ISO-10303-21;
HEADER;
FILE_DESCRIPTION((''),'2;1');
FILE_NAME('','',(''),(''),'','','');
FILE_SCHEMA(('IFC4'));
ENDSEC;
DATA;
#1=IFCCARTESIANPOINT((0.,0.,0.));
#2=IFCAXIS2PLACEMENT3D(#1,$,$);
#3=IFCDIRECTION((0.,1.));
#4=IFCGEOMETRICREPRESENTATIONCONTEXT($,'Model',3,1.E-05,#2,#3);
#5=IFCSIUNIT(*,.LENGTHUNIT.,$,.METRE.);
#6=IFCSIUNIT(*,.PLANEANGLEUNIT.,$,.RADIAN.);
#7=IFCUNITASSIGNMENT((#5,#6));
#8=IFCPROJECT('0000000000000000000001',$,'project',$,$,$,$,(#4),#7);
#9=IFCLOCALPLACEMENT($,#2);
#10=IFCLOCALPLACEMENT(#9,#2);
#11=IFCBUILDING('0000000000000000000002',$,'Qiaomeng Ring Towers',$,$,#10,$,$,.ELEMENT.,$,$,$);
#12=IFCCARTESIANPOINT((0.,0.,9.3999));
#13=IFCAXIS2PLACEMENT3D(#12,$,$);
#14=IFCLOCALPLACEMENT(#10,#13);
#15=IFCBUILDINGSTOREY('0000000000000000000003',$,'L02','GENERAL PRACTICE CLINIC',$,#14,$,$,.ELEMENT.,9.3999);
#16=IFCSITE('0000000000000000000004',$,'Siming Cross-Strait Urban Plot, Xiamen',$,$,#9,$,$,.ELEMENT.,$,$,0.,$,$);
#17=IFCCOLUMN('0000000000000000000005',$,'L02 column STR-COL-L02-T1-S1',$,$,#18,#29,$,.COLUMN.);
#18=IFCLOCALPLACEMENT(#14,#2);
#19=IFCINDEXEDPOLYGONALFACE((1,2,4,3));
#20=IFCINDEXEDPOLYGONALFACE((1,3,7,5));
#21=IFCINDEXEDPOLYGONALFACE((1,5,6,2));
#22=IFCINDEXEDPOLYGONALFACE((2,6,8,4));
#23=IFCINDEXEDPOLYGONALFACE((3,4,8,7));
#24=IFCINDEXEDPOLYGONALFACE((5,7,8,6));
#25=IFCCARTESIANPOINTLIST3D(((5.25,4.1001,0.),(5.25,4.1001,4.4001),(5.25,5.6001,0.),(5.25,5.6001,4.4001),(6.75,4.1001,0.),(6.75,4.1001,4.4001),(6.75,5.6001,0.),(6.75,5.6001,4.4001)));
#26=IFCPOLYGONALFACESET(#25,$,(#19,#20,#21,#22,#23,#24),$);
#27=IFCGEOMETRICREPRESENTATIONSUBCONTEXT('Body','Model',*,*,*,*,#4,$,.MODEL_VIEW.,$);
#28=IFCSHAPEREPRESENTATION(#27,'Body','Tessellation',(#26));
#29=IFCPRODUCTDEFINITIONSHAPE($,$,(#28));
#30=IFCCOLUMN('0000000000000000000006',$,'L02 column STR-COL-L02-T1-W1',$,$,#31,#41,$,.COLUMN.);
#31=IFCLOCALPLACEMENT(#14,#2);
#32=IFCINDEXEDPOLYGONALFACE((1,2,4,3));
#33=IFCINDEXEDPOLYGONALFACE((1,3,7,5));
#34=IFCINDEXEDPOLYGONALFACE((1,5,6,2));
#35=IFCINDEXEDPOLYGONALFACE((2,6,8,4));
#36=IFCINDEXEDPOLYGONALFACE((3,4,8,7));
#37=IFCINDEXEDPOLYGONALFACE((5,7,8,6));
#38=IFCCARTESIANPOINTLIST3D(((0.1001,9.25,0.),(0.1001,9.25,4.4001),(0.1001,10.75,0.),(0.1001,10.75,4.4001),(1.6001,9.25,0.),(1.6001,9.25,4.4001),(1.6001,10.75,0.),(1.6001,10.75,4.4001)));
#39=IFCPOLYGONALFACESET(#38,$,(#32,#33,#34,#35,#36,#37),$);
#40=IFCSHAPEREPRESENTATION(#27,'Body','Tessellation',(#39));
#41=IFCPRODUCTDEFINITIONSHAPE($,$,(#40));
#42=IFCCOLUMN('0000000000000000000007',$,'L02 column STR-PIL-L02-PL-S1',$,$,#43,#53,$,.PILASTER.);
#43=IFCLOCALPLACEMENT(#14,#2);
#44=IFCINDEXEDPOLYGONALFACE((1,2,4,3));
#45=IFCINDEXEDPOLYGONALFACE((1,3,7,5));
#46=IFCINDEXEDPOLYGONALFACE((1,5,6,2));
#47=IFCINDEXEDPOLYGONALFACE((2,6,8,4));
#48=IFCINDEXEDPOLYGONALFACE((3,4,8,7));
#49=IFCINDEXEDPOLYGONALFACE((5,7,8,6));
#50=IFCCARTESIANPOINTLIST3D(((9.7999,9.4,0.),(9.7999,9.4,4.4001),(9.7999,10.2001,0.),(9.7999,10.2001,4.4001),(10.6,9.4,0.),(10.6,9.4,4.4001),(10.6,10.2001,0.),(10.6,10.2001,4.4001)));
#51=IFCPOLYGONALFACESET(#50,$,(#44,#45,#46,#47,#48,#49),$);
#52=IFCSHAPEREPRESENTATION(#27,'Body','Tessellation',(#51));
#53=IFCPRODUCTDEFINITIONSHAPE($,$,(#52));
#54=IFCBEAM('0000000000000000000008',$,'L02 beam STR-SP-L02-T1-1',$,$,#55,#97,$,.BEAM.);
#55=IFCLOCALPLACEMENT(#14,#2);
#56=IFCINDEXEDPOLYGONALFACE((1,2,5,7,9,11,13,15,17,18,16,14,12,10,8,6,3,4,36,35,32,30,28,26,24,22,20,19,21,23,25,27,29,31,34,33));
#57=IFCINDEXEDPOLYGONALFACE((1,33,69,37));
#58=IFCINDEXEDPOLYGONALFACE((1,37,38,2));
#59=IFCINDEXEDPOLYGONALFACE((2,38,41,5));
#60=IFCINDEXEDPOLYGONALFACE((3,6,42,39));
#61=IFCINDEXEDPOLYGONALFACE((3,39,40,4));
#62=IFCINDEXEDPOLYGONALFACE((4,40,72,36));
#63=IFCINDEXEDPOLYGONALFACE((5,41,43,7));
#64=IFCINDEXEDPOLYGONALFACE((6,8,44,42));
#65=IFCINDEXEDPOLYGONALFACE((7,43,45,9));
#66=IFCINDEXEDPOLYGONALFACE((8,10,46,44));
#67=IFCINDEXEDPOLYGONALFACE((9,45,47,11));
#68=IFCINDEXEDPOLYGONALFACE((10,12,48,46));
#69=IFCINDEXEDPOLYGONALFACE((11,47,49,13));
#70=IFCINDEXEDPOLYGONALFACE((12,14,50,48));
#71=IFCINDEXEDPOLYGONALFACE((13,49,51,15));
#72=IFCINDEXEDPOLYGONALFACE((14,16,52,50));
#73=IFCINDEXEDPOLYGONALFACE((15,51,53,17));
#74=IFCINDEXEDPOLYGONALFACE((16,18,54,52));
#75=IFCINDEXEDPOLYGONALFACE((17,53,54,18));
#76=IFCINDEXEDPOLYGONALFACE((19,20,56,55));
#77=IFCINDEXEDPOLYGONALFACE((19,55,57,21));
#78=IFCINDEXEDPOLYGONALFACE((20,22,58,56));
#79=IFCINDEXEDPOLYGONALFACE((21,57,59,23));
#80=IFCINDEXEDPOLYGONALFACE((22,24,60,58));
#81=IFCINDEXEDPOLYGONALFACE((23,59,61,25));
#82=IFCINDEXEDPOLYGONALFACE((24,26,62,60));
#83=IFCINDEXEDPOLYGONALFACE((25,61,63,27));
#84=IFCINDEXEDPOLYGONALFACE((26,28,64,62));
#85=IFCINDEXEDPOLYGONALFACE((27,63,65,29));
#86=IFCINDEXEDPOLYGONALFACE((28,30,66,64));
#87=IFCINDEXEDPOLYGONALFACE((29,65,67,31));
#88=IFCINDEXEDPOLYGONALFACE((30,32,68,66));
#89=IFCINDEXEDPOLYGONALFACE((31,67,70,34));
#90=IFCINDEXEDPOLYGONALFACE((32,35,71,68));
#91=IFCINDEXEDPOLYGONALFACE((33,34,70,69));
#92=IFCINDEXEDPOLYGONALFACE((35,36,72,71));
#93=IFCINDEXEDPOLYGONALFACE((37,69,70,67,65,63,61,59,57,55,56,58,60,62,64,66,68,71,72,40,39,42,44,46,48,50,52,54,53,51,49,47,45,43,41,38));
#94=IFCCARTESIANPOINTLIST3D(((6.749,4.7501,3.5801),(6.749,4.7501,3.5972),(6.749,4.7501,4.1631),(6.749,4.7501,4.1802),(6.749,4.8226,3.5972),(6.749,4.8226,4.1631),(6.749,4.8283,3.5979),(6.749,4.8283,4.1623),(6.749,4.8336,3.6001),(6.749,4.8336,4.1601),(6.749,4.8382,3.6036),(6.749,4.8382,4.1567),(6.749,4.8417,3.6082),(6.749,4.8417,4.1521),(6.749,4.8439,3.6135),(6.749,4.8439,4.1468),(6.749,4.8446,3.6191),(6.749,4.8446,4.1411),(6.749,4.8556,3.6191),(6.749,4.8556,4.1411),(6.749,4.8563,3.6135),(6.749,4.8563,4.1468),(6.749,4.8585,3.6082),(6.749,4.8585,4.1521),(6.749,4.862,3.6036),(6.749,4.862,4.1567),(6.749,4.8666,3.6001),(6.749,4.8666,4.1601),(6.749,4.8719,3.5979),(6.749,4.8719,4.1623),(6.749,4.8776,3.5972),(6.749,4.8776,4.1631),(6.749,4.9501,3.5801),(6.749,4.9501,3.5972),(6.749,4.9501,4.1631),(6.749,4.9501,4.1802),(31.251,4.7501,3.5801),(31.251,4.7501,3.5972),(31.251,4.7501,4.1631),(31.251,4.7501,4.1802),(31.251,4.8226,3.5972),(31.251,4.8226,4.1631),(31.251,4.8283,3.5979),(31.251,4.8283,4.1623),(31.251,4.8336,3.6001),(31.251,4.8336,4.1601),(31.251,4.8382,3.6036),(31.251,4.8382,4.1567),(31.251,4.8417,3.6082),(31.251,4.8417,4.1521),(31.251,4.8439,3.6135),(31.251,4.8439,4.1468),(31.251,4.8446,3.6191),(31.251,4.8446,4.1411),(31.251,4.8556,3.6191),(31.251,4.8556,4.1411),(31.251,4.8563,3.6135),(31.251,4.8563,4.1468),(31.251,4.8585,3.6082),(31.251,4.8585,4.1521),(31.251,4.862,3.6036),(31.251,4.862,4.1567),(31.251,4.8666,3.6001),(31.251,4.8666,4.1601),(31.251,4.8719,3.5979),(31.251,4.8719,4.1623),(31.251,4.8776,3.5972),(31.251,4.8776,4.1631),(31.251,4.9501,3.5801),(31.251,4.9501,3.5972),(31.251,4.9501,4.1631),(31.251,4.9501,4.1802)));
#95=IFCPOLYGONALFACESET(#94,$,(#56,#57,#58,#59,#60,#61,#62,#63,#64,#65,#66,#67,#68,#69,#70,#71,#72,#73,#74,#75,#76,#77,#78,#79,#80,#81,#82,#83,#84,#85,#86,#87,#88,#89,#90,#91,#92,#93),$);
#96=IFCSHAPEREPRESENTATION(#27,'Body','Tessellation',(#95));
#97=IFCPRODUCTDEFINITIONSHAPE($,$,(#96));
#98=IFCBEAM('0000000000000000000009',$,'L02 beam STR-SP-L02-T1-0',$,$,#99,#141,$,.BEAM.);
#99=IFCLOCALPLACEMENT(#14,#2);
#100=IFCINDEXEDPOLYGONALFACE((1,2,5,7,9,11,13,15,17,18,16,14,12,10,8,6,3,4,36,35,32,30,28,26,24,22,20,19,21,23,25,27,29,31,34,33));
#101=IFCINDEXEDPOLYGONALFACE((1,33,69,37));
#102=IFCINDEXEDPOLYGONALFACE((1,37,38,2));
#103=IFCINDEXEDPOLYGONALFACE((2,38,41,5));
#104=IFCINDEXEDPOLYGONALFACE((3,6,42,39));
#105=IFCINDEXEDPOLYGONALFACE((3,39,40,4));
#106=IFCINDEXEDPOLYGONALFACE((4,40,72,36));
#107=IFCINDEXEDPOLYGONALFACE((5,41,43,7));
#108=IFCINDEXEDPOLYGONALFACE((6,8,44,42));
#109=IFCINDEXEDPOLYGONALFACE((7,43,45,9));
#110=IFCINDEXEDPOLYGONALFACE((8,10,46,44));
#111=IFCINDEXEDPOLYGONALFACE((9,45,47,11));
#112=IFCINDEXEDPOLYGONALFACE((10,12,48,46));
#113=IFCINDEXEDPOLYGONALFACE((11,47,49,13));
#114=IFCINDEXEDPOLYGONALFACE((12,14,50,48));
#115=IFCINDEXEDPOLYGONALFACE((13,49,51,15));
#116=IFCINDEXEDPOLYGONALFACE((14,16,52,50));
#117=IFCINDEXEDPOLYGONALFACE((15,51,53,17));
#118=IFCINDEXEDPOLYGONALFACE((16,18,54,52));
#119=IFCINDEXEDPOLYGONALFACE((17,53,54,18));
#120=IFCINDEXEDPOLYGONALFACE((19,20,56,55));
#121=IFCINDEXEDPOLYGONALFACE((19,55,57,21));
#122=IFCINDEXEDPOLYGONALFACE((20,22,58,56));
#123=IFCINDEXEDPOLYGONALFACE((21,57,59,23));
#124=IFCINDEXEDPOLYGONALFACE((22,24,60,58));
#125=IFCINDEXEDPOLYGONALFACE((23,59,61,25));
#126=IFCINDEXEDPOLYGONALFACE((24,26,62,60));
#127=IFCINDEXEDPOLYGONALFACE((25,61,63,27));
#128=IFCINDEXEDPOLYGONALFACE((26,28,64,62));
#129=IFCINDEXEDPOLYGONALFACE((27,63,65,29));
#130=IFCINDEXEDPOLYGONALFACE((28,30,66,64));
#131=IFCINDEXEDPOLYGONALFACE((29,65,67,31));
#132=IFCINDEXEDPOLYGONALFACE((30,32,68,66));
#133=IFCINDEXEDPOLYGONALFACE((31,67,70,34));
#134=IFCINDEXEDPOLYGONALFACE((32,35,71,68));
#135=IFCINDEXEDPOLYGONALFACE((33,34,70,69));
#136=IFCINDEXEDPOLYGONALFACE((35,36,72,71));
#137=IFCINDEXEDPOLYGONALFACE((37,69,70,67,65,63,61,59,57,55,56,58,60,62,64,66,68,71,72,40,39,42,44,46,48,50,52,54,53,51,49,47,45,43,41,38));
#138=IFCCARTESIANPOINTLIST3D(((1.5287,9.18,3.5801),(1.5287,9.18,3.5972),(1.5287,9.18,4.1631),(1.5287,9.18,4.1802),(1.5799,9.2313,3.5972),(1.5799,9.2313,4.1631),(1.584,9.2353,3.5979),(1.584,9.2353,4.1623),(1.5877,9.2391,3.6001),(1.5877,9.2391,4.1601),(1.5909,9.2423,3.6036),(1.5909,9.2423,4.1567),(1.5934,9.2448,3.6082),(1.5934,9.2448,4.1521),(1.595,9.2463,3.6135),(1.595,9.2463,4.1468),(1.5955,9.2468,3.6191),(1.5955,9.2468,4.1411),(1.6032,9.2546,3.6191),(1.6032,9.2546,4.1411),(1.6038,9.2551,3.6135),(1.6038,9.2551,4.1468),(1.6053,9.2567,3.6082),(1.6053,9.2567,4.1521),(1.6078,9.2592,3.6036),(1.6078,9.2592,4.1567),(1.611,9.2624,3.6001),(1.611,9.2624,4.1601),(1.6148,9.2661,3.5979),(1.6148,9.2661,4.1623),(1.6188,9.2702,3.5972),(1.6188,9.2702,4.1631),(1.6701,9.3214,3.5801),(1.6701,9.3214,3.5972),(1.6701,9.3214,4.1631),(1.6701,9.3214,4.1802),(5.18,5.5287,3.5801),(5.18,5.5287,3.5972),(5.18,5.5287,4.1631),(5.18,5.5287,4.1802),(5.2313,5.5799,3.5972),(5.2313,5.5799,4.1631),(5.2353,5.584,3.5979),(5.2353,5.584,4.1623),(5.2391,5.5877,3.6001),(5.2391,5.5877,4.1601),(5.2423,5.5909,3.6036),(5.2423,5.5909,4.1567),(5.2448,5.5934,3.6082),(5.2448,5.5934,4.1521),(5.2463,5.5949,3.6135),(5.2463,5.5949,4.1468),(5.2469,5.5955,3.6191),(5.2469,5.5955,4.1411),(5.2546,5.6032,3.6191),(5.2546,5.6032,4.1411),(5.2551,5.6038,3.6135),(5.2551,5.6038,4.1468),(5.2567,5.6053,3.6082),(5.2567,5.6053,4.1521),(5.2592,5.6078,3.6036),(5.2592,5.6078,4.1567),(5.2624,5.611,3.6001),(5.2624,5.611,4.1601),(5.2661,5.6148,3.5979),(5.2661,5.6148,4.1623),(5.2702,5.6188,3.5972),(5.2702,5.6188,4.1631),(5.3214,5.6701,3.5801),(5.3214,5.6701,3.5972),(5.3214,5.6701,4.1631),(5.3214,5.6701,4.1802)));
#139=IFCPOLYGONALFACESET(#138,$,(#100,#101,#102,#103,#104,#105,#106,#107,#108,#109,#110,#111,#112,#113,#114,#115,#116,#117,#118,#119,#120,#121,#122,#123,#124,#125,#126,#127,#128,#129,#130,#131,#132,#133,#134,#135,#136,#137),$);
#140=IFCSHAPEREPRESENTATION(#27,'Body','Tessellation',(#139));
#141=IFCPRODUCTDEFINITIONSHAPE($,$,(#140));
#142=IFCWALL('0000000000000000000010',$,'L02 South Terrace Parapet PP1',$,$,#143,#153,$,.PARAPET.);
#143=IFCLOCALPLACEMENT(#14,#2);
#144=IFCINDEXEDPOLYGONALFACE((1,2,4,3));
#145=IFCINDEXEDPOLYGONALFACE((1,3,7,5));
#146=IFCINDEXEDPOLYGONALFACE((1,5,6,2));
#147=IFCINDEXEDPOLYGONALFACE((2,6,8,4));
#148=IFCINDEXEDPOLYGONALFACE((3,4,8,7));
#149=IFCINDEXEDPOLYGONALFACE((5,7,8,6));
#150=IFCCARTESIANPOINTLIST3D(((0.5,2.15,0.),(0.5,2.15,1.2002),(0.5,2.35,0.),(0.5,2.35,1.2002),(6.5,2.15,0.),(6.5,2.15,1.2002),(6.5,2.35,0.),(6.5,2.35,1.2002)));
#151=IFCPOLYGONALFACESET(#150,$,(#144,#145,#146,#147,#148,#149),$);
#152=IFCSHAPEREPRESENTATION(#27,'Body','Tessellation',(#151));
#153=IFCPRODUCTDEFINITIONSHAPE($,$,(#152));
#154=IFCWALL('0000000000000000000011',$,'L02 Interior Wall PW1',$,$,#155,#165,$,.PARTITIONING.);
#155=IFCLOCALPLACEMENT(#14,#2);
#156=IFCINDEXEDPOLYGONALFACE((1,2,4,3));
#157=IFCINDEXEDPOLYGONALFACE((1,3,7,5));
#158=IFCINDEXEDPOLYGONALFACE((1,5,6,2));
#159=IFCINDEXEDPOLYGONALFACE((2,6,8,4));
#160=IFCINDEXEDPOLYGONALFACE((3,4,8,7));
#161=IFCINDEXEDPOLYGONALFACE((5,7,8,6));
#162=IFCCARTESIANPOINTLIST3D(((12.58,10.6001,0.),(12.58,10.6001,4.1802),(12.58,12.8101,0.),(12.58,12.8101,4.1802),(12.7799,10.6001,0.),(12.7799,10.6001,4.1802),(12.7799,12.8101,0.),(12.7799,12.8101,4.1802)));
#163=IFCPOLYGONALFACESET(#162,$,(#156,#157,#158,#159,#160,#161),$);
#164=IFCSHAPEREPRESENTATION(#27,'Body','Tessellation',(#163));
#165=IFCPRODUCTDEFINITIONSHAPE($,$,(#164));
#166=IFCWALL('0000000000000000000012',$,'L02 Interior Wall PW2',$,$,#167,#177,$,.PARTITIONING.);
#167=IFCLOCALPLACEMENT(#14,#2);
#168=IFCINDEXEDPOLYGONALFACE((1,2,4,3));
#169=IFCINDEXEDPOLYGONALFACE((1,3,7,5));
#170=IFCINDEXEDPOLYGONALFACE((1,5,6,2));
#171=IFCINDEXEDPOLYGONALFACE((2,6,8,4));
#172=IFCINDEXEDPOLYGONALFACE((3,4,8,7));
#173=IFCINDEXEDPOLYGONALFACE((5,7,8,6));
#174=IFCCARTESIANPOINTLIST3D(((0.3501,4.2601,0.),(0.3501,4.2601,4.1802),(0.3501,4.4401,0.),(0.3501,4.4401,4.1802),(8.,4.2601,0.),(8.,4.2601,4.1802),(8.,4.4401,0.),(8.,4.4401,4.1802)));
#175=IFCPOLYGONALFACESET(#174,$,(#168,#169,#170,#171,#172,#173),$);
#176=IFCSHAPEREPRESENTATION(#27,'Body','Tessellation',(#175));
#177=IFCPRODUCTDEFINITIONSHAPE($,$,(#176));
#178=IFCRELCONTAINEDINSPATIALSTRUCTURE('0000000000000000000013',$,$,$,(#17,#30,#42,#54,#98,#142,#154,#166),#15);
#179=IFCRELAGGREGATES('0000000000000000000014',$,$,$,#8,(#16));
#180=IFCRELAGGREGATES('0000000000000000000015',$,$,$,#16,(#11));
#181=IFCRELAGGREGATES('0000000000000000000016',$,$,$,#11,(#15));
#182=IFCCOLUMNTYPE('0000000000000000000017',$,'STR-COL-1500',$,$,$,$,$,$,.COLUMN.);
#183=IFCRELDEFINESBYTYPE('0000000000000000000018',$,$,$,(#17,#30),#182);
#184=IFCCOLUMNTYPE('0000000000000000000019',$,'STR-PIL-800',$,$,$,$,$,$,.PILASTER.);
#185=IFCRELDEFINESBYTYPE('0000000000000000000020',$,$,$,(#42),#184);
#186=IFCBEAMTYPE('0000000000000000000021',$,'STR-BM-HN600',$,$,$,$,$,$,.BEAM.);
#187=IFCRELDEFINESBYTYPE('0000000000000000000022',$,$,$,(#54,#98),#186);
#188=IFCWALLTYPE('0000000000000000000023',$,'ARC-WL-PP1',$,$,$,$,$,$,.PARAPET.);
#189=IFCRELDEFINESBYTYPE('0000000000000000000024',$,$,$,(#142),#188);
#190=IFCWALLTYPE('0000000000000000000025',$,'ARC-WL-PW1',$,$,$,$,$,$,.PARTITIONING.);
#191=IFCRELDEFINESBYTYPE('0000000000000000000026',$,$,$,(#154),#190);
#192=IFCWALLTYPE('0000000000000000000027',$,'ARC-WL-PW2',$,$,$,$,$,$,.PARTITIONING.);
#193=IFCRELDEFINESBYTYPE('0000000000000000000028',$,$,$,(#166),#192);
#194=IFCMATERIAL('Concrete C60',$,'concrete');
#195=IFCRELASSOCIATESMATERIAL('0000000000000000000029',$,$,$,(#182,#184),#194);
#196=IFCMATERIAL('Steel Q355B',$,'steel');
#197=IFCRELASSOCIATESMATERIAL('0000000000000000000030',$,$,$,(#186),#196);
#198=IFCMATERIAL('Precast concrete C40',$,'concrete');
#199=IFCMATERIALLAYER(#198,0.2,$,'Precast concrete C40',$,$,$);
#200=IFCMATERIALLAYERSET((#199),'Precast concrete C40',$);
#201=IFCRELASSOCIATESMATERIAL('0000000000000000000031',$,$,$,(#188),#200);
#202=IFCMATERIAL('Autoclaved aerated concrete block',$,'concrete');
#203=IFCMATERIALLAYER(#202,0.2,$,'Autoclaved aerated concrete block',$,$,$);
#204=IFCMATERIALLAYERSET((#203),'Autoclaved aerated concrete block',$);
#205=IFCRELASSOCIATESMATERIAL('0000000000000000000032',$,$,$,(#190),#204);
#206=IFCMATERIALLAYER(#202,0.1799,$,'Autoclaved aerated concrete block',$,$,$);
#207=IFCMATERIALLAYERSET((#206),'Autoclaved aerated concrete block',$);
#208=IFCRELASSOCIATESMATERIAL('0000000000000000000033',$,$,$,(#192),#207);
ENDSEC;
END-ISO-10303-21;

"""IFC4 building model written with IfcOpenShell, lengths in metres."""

from ifc_helpers import new_model, si_unit, direction, frame, frame_2d, origin, origin_2d, place, context, subcontext, project, spatial, rectangle, i_section, extrude, source, transform, mapped, material, layer, layer_set, material_profile, profile_set, type_object, element, save


model = new_model("IFC4")

# Units and contexts
model_context = context("Model", 3, precision=1e-05, world=origin(), true_north=direction((0.0, 1.0)))
body_context = subcontext(model_context, "Body", "Model", "MODEL_VIEW")
ifc_project = project(units=[si_unit("LENGTHUNIT", "METRE"), si_unit("PLANEANGLEUNIT", "RADIAN")], contexts=[model_context])

# Site, building, storey
site_placement = place(None, origin())
site = spatial("IfcSite", under=ifc_project, at=site_placement, Name="Siming Cross-Strait Urban Plot, Xiamen", CompositionType="ELEMENT", RefElevation=0.0)
building_placement = place(site_placement, origin())
building = spatial("IfcBuilding", under=site, at=building_placement, Name="Qiaomeng Ring Towers", CompositionType="ELEMENT")
storey_placement = place(building_placement, frame((0.0, 0.0, 9.3999)))
storey = spatial("IfcBuildingStorey", under=building, at=storey_placement, Name="L02", Description="GENERAL PRACTICE CLINIC", CompositionType="ELEMENT", Elevation=9.3999)

# Columns
ifc_material_1 = material(Name="Concrete C60", Category="concrete")
ifc_material_profile_1 = material_profile(ifc_material_1, rectangle(XDim=1.5, YDim=1.5, at=origin_2d()), Name="RC COL 1500x1500")
ifc_profile_set_1 = profile_set([ifc_material_profile_1], Name="Concrete C60")
column_type_1 = type_object("IfcColumnType", Name="STR-COL-1500", PredefinedType="COLUMN", material=ifc_profile_set_1)
shared_shape_1 = source(origin(), body_context, "Body", "SweptSolid", [
    extrude(rectangle(XDim=1.5, YDim=1.5, at=origin_2d()), origin(), (0.0, 0.0, 1.0), 4.4001),
])
for number, where, z_axis, x_axis, name in (
    (1, (6.0, 4.8501, 0.0), (0.0, 0.0, 1.0), (1.0, 0.0, 0.0), "L02 column STR-COL-L02-T1-S1"),
    (2, (0.8501, 10.0, 0.0), (0.0, 0.0, 1.0), (1.0, 0.0, 0.0), "L02 column STR-COL-L02-T1-W1"),
):
    element("IfcColumn", number, at=place(storey_placement, frame(where, z_axis=z_axis, x_axis=x_axis)), inside=storey, type_object=column_type_1, Name=name, PredefinedType="COLUMN", context=body_context, shape_type="MappedRepresentation", body=[
        mapped(shared_shape_1, transform((0.0, 0.0, 0.0), x_axis=(1.0, 0.0, 0.0), y_axis=(0.0, 1.0, 0.0), z_axis=(0.0, 0.0, 1.0), scale=1.0)),
    ])
ifc_material_profile_2 = material_profile(ifc_material_1, rectangle(XDim=0.8, YDim=0.8, at=origin_2d()), Name="RC COL 800x800")
ifc_profile_set_2 = profile_set([ifc_material_profile_2], Name="Concrete C60")
column_type_2 = type_object("IfcColumnType", Name="STR-PIL-800", PredefinedType="PILASTER", material=ifc_profile_set_2)
shared_shape_2 = source(origin(), body_context, "Body", "SweptSolid", [
    extrude(rectangle(XDim=0.8, YDim=0.8, at=origin_2d()), origin(), (0.0, 0.0, 1.0), 4.4001),
])
column_placement = place(storey_placement, frame((10.2, 9.8, 0.0), z_axis=(0.0, 0.0, 1.0), x_axis=(1.0, 0.0, 0.0)))
element("IfcColumn", 3, at=column_placement, inside=storey, type_object=column_type_2, Name="L02 column STR-PIL-L02-PL-S1", PredefinedType="PILASTER", context=body_context, shape_type="MappedRepresentation", body=[
    mapped(shared_shape_2, transform((0.0, 0.0, 0.0), x_axis=(1.0, 0.0, 0.0), y_axis=(0.0, 1.0, 0.0), z_axis=(0.0, 0.0, 1.0), scale=1.0)),
])

# Beams
ifc_material_2 = material(Name="Steel Q355B", Category="steel")
ifc_material_profile_3 = material_profile(ifc_material_2, i_section(OverallWidth=0.2, OverallDepth=0.6001, WebThickness=0.011, FlangeThickness=0.0171, FilletRadius=0.022, at=origin_2d()), Name="HN 600x200x11x17")
ifc_profile_set_3 = profile_set([ifc_material_profile_3], Name="Steel Q355B")
beam_type = type_object("IfcBeamType", Name="STR-BM-HN600", PredefinedType="BEAM", material=ifc_profile_set_3)
shared_shape_3 = source(origin(), body_context, "Body", "SweptSolid", [
    extrude(i_section(OverallWidth=0.2, OverallDepth=0.6001, WebThickness=0.011, FlangeThickness=0.0171, FilletRadius=0.022, at=origin_2d()), origin(), (0.0, 0.0, 1.0), 24.502),
])
beam_1_placement = place(storey_placement, frame((6.749, 4.8501, 3.8801), z_axis=(1.0, 0.0, 0.0), x_axis=(0.0, 1.0, 0.0)))
element("IfcBeam", 4, at=beam_1_placement, inside=storey, type_object=beam_type, Name="L02 beam STR-SP-L02-T1-1", PredefinedType="BEAM", context=body_context, shape_type="MappedRepresentation", body=[
    mapped(shared_shape_3, transform((0.0, 0.0, 0.0), x_axis=(1.0, 0.0, 0.0), y_axis=(0.0, 1.0, 0.0), z_axis=(0.0, 0.0, 1.0), scale=1.0)),
])
shared_shape_4 = source(origin(), body_context, "Body", "SweptSolid", [
    extrude(i_section(OverallWidth=0.2, OverallDepth=0.6001, WebThickness=0.011, FlangeThickness=0.0171, FilletRadius=0.022, at=origin_2d()), origin(), (0.0, 0.0, 1.0), 5.1638),
])
beam_2_placement = place(storey_placement, frame((1.5994, 9.2507, 3.8801), z_axis=(0.707107, -0.707107, 0.0), x_axis=(0.707107, 0.707107, 0.0)))
element("IfcBeam", 5, at=beam_2_placement, inside=storey, type_object=beam_type, Name="L02 beam STR-SP-L02-T1-0", PredefinedType="BEAM", context=body_context, shape_type="MappedRepresentation", body=[
    mapped(shared_shape_4, transform((0.0, 0.0, 0.0), x_axis=(1.0, 0.0, 0.0), y_axis=(0.0, 1.0, 0.0), z_axis=(0.0, 0.0, 1.0), scale=1.0)),
])

# Walls
ifc_material_3 = material(Name="Precast concrete C40", Category="concrete")
ifc_layer_1 = layer(ifc_material_3, 0.2, Name="Precast concrete C40")
ifc_layer_set_1 = layer_set([ifc_layer_1], Name="Precast concrete C40")
wall_type_1 = type_object("IfcWallType", Name="ARC-WL-PP1", PredefinedType="PARAPET", material=ifc_layer_set_1)
wall_1_placement = place(storey_placement, frame((0.5, 2.25, 0.0), z_axis=(0.0, 0.0, 1.0), x_axis=(1.0, 0.0, 0.0)))
element("IfcWall", 6, at=wall_1_placement, inside=storey, type_object=wall_type_1, Name="L02 South Terrace Parapet PP1", PredefinedType="PARAPET", context=body_context, shape_type="SweptSolid", body=[
    extrude(rectangle(XDim=6.0, YDim=0.2, at=frame_2d((3.0, 0.0))), origin(), (0.0, 0.0, 1.0), 1.2002),
])
ifc_material_4 = material(Name="Autoclaved aerated concrete block", Category="concrete")
ifc_layer_2 = layer(ifc_material_4, 0.2, Name="Autoclaved aerated concrete block")
ifc_layer_set_2 = layer_set([ifc_layer_2], Name="Autoclaved aerated concrete block")
wall_type_2 = type_object("IfcWallType", Name="ARC-WL-PW1", PredefinedType="PARTITIONING", material=ifc_layer_set_2)
wall_2_placement = place(storey_placement, frame((12.6799, 10.6001, 0.0), z_axis=(0.0, 0.0, 1.0), x_axis=(0.0, 1.0, 0.0)))
element("IfcWall", 7, at=wall_2_placement, inside=storey, type_object=wall_type_2, Name="L02 Interior Wall PW1", PredefinedType="PARTITIONING", context=body_context, shape_type="SweptSolid", body=[
    extrude(rectangle(XDim=2.21, YDim=0.2, at=frame_2d((1.105, 0.0))), origin(), (0.0, 0.0, 1.0), 4.1802),
])
ifc_layer_3 = layer(ifc_material_4, 0.1799, Name="Autoclaved aerated concrete block")
ifc_layer_set_3 = layer_set([ifc_layer_3], Name="Autoclaved aerated concrete block")
wall_type_3 = type_object("IfcWallType", Name="ARC-WL-PW2", PredefinedType="PARTITIONING", material=ifc_layer_set_3)
wall_3_placement = place(storey_placement, frame((0.3501, 4.3501, 0.0), z_axis=(0.0, 0.0, 1.0), x_axis=(1.0, 0.0, 0.0)))
element("IfcWall", 8, at=wall_3_placement, inside=storey, type_object=wall_type_3, Name="L02 Interior Wall PW2", PredefinedType="PARTITIONING", context=body_context, shape_type="SweptSolid", body=[
    extrude(rectangle(XDim=7.6499, YDim=0.1799, at=frame_2d((3.825, 0.0))), origin(), (0.0, 0.0, 1.0), 4.1802),
])

save(model, "model.ifc")
